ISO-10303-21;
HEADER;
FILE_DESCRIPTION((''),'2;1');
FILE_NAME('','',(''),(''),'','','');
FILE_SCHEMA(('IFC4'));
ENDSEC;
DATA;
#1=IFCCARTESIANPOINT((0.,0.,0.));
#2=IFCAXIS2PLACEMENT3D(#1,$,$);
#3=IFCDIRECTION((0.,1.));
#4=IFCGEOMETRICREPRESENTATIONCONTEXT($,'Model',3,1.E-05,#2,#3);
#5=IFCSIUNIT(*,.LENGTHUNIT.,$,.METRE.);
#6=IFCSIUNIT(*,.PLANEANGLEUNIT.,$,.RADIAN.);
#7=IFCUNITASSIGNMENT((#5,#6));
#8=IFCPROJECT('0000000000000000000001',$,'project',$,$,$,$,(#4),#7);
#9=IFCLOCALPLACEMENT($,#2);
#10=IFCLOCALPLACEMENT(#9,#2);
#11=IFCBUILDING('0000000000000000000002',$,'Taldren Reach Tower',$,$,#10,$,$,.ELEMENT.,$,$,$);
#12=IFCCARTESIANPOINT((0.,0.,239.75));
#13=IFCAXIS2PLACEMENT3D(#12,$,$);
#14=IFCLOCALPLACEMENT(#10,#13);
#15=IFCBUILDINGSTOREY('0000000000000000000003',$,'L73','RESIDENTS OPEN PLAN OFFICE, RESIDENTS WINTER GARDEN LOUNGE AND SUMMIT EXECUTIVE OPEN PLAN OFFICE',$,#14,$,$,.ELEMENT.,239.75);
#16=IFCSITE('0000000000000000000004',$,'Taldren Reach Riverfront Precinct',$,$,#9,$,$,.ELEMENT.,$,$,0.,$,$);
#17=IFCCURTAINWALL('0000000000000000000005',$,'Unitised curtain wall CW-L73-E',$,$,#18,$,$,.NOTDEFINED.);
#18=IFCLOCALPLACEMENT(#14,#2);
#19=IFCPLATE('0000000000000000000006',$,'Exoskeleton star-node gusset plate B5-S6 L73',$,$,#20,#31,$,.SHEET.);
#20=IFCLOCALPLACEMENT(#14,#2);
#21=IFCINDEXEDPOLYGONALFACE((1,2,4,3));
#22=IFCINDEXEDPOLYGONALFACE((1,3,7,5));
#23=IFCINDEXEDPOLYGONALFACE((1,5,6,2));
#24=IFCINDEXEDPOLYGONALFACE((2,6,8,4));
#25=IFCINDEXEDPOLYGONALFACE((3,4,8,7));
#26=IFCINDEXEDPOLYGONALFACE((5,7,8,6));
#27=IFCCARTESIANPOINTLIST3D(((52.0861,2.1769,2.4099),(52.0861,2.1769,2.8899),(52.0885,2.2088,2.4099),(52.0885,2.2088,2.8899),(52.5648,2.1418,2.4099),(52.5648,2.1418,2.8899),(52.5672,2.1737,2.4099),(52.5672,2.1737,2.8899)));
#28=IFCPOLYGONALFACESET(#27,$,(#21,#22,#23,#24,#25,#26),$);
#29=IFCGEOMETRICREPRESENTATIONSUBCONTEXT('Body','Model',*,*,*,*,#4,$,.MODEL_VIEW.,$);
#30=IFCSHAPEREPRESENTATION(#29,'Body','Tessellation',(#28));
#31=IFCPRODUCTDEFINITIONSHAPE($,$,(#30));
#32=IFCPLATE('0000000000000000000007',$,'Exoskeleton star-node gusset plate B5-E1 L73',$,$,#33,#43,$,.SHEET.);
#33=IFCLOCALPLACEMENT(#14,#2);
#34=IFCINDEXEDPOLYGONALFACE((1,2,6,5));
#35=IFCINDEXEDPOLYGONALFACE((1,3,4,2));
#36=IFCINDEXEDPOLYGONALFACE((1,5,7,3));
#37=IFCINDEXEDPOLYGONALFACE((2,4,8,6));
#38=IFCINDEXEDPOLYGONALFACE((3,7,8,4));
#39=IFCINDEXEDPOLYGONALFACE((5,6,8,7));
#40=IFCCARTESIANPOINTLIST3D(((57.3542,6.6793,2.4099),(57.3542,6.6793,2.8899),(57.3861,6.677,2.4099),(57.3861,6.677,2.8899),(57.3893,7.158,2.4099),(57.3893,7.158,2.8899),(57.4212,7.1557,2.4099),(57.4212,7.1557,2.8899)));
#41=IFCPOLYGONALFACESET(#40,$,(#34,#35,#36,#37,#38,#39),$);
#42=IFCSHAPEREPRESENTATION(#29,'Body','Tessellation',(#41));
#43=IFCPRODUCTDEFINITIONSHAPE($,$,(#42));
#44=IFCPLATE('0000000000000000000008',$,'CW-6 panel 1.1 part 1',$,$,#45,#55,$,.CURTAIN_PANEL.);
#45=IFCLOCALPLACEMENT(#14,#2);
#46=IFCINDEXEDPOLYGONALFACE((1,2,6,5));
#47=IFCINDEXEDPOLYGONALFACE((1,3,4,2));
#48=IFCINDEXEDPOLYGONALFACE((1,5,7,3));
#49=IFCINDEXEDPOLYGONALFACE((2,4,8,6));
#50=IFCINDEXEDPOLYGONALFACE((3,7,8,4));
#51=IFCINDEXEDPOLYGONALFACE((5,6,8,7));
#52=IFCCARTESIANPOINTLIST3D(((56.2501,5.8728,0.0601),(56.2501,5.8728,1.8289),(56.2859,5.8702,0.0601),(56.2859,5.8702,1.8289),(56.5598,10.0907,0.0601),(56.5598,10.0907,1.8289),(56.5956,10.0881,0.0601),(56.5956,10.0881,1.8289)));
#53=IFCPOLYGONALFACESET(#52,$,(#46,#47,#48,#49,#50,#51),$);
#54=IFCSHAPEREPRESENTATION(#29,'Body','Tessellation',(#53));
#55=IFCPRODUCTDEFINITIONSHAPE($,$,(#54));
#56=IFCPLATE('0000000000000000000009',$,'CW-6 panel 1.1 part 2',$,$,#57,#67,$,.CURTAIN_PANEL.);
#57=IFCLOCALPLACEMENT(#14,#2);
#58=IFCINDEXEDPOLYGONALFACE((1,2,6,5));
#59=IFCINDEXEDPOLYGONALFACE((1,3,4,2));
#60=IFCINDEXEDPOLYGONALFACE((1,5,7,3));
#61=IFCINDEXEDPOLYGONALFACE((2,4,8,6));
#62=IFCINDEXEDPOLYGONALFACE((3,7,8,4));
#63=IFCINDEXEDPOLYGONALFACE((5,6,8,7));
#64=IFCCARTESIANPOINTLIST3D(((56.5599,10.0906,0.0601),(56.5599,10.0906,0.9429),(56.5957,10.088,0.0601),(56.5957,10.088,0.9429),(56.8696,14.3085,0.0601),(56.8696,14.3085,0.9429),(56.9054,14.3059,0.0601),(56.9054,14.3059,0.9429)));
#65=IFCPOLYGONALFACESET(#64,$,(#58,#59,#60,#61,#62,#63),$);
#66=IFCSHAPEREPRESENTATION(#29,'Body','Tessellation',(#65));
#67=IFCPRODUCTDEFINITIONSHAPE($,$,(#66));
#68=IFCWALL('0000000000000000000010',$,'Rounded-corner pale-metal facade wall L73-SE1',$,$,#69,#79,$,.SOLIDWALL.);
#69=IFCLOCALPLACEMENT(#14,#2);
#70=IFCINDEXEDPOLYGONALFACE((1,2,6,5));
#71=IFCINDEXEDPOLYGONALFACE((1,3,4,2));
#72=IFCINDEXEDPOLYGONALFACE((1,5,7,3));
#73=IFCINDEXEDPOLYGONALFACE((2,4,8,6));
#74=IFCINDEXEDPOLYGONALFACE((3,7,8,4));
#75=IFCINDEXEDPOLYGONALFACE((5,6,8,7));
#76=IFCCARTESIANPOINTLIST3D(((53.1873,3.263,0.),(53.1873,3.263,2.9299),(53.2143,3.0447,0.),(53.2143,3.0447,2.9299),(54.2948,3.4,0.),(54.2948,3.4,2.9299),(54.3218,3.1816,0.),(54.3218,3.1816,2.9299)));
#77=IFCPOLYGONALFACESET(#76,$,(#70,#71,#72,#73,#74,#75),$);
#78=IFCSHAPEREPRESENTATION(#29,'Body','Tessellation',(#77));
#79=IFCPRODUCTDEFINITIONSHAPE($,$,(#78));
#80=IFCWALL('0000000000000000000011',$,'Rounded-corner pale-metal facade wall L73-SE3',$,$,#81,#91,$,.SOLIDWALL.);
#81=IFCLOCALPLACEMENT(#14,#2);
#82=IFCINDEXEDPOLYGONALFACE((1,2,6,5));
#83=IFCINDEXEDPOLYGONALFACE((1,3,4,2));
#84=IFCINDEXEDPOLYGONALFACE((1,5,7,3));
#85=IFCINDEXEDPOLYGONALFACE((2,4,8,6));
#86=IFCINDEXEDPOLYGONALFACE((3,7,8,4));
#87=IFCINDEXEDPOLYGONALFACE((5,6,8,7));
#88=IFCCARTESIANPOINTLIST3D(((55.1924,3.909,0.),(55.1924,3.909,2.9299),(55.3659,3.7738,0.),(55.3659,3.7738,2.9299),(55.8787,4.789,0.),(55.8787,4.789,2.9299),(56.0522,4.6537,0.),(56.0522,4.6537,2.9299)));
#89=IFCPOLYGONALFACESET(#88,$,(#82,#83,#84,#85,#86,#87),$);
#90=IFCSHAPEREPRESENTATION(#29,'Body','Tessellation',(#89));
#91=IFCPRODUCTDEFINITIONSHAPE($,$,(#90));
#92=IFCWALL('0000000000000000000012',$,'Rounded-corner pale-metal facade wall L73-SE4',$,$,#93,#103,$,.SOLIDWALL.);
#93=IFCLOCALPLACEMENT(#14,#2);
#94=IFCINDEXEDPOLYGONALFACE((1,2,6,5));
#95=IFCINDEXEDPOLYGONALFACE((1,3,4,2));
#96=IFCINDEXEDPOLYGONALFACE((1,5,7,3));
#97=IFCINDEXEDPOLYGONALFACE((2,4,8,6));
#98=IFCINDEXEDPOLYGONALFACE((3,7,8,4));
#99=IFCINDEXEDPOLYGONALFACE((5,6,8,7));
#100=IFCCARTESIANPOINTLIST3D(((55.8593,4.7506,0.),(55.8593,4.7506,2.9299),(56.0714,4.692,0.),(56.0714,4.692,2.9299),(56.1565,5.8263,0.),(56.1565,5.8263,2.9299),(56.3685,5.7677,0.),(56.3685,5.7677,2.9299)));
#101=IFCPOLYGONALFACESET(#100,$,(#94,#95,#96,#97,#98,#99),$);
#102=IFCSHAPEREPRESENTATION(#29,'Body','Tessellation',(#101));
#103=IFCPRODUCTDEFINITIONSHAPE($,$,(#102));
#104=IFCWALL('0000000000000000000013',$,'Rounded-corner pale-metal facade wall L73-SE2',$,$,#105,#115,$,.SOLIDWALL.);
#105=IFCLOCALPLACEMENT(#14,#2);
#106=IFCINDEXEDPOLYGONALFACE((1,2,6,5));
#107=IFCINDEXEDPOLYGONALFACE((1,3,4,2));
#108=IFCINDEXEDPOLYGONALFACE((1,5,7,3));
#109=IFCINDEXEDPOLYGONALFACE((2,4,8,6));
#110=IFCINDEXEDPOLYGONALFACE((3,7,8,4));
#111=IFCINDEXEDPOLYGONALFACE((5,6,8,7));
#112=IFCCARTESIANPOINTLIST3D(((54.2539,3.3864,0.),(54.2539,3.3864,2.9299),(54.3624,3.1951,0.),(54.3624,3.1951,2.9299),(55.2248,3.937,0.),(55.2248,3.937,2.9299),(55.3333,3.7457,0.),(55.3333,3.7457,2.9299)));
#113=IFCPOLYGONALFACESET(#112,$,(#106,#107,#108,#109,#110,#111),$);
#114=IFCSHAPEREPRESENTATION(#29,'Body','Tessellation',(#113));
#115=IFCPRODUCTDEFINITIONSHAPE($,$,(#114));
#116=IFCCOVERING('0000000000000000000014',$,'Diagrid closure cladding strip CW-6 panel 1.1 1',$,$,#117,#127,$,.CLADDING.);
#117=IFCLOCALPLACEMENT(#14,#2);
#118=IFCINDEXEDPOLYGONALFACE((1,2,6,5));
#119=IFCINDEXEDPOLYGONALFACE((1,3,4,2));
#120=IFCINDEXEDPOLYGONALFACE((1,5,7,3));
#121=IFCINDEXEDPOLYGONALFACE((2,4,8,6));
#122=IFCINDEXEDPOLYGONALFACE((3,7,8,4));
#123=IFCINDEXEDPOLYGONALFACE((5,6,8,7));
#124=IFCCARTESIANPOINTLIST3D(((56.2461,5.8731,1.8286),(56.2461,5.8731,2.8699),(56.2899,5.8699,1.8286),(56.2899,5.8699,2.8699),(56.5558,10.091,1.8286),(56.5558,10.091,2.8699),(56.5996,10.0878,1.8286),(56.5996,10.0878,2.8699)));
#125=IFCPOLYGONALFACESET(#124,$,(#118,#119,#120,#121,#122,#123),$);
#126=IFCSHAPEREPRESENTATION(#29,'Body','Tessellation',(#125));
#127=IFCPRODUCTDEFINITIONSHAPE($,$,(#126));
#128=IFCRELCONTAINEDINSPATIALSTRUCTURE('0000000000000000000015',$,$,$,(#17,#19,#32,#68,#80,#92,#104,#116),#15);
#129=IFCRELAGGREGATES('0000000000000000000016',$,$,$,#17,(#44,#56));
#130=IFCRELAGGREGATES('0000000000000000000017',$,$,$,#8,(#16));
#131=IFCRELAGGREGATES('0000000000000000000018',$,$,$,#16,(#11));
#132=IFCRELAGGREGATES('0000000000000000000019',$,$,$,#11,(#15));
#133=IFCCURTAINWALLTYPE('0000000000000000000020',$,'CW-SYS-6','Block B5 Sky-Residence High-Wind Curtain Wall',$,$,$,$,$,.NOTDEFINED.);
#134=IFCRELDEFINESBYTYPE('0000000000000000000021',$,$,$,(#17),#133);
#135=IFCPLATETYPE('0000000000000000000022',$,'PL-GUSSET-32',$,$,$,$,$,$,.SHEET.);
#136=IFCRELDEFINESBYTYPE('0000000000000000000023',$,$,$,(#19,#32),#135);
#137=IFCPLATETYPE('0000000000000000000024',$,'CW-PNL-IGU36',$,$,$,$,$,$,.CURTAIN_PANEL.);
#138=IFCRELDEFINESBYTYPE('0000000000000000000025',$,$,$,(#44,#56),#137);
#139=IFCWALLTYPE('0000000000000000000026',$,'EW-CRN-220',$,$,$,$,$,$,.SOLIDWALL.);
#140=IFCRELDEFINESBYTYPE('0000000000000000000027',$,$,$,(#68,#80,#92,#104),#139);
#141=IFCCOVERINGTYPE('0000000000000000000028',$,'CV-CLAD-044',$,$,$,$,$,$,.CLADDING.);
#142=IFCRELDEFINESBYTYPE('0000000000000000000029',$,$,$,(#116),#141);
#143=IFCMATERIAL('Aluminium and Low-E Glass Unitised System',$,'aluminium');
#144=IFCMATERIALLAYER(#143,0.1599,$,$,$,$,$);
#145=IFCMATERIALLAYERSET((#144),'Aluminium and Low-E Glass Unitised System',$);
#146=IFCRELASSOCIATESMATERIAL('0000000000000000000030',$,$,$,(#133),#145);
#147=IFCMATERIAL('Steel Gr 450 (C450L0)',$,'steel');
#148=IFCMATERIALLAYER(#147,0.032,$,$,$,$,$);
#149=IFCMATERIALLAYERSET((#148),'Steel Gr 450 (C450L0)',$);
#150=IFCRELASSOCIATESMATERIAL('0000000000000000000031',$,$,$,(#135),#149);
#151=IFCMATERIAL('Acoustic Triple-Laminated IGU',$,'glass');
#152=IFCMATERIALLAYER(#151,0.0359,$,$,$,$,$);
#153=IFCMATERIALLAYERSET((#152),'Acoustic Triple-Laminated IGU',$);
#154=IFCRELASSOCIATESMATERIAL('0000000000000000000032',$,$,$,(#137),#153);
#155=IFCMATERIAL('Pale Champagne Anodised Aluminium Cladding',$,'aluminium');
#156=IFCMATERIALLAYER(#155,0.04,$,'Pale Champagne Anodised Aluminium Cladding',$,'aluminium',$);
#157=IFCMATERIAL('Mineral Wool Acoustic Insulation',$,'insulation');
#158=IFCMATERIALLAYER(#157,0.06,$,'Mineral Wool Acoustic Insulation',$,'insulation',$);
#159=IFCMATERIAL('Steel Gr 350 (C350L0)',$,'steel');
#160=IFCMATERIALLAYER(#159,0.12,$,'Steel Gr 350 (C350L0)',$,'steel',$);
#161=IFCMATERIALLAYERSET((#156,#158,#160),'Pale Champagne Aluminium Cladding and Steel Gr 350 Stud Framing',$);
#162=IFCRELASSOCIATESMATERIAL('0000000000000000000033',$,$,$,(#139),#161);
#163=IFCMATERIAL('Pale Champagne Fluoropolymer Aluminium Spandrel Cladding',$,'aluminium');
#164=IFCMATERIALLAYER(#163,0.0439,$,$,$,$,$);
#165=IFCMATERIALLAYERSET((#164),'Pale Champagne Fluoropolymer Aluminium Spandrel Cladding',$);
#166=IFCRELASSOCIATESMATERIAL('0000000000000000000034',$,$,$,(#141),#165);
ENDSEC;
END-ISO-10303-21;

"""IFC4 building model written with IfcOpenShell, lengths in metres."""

from ifc_helpers import new_model, si_unit, direction, frame, frame_2d, origin, origin_2d, place, context, subcontext, project, spatial, rectangle, extrude, source, transform, mapped, material, layer, layer_set, type_object, element, aggregate, save


model = new_model("IFC4")

# Units and contexts
model_context = context("Model", 3, precision=1e-05, world=origin(), true_north=direction((0.0, 1.0)))
body_context = subcontext(model_context, "Body", "Model", "MODEL_VIEW")
ifc_project = project(units=[si_unit("LENGTHUNIT", "METRE"), si_unit("PLANEANGLEUNIT", "RADIAN")], contexts=[model_context])

# Site, building, storey
site_placement = place(None, origin())
site = spatial("IfcSite", under=ifc_project, at=site_placement, Name="Taldren Reach Riverfront Precinct", CompositionType="ELEMENT", RefElevation=0.0)
building_placement = place(site_placement, origin())
building = spatial("IfcBuilding", under=site, at=building_placement, Name="Taldren Reach Tower", CompositionType="ELEMENT")
storey_placement = place(building_placement, frame((0.0, 0.0, 239.75)))
storey = spatial("IfcBuildingStorey", under=building, at=storey_placement, Name="L73", Description="RESIDENTS OPEN PLAN OFFICE, RESIDENTS WINTER GARDEN LOUNGE AND SUMMIT EXECUTIVE OPEN PLAN OFFICE", CompositionType="ELEMENT", Elevation=239.75)

# Shared definitions
ifc_material_1 = material(Name="Steel Gr 350 (C350L0)", Category="steel")

# Shared definitions
ifc_material_2 = material(Name="Steel Gr 450 (C450L0)", Category="steel")

# Curtain wall
ifc_material_3 = material(Name="Aluminium and Low-E Glass Unitised System", Category="aluminium")
ifc_layer_1 = layer(ifc_material_3, 0.1599)
ifc_layer_set_1 = layer_set([ifc_layer_1], Name="Aluminium and Low-E Glass Unitised System")
curtain_wall_type = type_object("IfcCurtainWallType", Name="CW-SYS-6", Description="Block B5 Sky-Residence High-Wind Curtain Wall", PredefinedType="NOTDEFINED", material=ifc_layer_set_1)
curtain_wall_1_placement = place(storey_placement, origin())
curtain_wall_1 = element("IfcCurtainWall", 1, at=curtain_wall_1_placement, inside=storey, type_object=curtain_wall_type, Name="Unitised curtain wall CW-L73-E", PredefinedType="NOTDEFINED")

# Plates
ifc_layer_2 = layer(ifc_material_2, 0.032)
ifc_layer_set_2 = layer_set([ifc_layer_2], Name="Steel Gr 450 (C450L0)")
plate_type_1 = type_object("IfcPlateType", Name="PL-GUSSET-32", PredefinedType="SHEET", material=ifc_layer_set_2)
shared_shape_1 = source(origin(), body_context, "Body", "SweptSolid", [
    extrude(rectangle(XDim=0.48, YDim=0.032, at=origin_2d()), origin(), (0.0, 0.0, 1.0), 0.48),
])
for number, where, z_axis, x_axis, name in (
    (2, (52.3267, 2.1753, 2.4099), (0.0, 0.0, 1.0), (0.997314, -0.073238, 0.0), "Exoskeleton star-node gusset plate B5-S6 L73"),
    (3, (57.3877, 6.9175, 2.4099), (0.0, 0.0, 1.0), (0.073238, 0.997314, 0.0), "Exoskeleton star-node gusset plate B5-E1 L73"),
):
    element("IfcPlate", number, at=place(storey_placement, frame(where, z_axis=z_axis, x_axis=x_axis)), inside=storey, type_object=plate_type_1, Name=name, PredefinedType="SHEET", context=body_context, shape_type="MappedRepresentation", body=[
        mapped(shared_shape_1, transform((0.0, 0.0, 0.0), scale=1.0)),
    ])

# Plates
ifc_material_4 = material(Name="Acoustic Triple-Laminated IGU", Category="glass")
ifc_layer_3 = layer(ifc_material_4, 0.0359)
ifc_layer_set_3 = layer_set([ifc_layer_3], Name="Acoustic Triple-Laminated IGU")
plate_type_2 = type_object("IfcPlateType", Name="CW-PNL-IGU36", PredefinedType="CURTAIN_PANEL", material=ifc_layer_set_3)
shared_shape_2 = source(origin(), body_context, "Body", "SweptSolid", [
    extrude(rectangle(XDim=4.2292, YDim=0.0359, at=origin_2d()), origin(), (0.0, 0.0, 1.0), 1.7688),
])
plate_1_placement = place(storey_placement, frame((56.4229, 7.9805, 0.0601), z_axis=(0.0, 0.0, 1.0), x_axis=(0.073238, 0.997314, 0.0)))
plate_1 = element("IfcPlate", 4, at=plate_1_placement, type_object=plate_type_2, Name="CW-6 panel 1.1 part 1", PredefinedType="CURTAIN_PANEL", context=body_context, shape_type="MappedRepresentation", body=[
    mapped(shared_shape_2, transform((0.0, 0.0, 0.0), scale=1.0)),
])
shared_shape_3 = source(origin(), body_context, "Body", "SweptSolid", [
    extrude(rectangle(XDim=4.2292, YDim=0.0359, at=origin_2d()), origin(), (0.0, 0.0, 1.0), 0.8828),
])
plate_2_placement = place(storey_placement, frame((56.7327, 12.1982, 0.0601), z_axis=(0.0, 0.0, 1.0), x_axis=(0.073238, 0.997314, 0.0)))
plate_2 = element("IfcPlate", 5, at=plate_2_placement, type_object=plate_type_2, Name="CW-6 panel 1.1 part 2", PredefinedType="CURTAIN_PANEL", context=body_context, shape_type="MappedRepresentation", body=[
    mapped(shared_shape_3, transform((0.0, 0.0, 0.0), scale=1.0)),
])
aggregate(curtain_wall_1, [plate_1, plate_2])

# Walls
ifc_material_5 = material(Name="Pale Champagne Anodised Aluminium Cladding", Category="aluminium")
ifc_layer_4 = layer(ifc_material_5, 0.04, Name="Pale Champagne Anodised Aluminium Cladding", Category="aluminium")
ifc_material_6 = material(Name="Mineral Wool Acoustic Insulation", Category="insulation")
ifc_layer_5 = layer(ifc_material_6, 0.06, Name="Mineral Wool Acoustic Insulation", Category="insulation")
ifc_layer_6 = layer(ifc_material_1, 0.12, Name="Steel Gr 350 (C350L0)", Category="steel")
ifc_layer_set_4 = layer_set([ifc_layer_4, ifc_layer_5, ifc_layer_6], Name="Pale Champagne Aluminium Cladding and Steel Gr 350 Stud Framing")
wall_type = type_object("IfcWallType", Name="EW-CRN-220", PredefinedType="SOLIDWALL", material=ifc_layer_set_4)
shared_shape_4 = source(origin(), body_context, "Body", "SweptSolid", [
    extrude(rectangle(XDim=1.116, YDim=0.22, at=frame_2d((0.5581, 0.0))), origin(), (0.0, 0.0, 1.0), 2.9299),
])
for number, where, z_axis, x_axis, name in (
    (6, (53.2007, 3.1538, 0.0), (0.0, 0.0, 1.0), (0.992439, 0.122742, 0.0), "Rounded-corner pale-metal facade wall L73-SE1"),
    (7, (55.2791, 3.8413, 0.0), (0.0, 0.0, 1.0), (0.615015, 0.788515, 0.0), "Rounded-corner pale-metal facade wall L73-SE3"),
    (8, (55.9653, 4.7212, 0.0), (0.0, 0.0, 1.0), (0.266244, 0.963906, 0.0), "Rounded-corner pale-metal facade wall L73-SE4"),
):
    element("IfcWall", number, at=place(storey_placement, frame(where, z_axis=z_axis, x_axis=x_axis)), inside=storey, type_object=wall_type, Name=name, PredefinedType="SOLIDWALL", context=body_context, shape_type="MappedRepresentation", body=[
        mapped(shared_shape_4, transform((0.0, 0.0, 0.0), scale=1.0)),
    ])
shared_shape_5 = source(origin(), body_context, "Body", "SweptSolid", [
    extrude(rectangle(XDim=1.1162, YDim=0.22, at=frame_2d((0.5581, 0.0))), origin(), (0.0, 0.0, 1.0), 2.9299),
])
wall_placement = place(storey_placement, frame((54.3081, 3.2908, 0.0), z_axis=(0.0, 0.0, 1.0), x_axis=(0.869894, 0.493239, 0.0)))
element("IfcWall", 9, at=wall_placement, inside=storey, type_object=wall_type, Name="Rounded-corner pale-metal facade wall L73-SE2", PredefinedType="SOLIDWALL", context=body_context, shape_type="MappedRepresentation", body=[
    mapped(shared_shape_5, transform((0.0, 0.0, 0.0), scale=1.0)),
])

# Covering
ifc_material_7 = material(Name="Pale Champagne Fluoropolymer Aluminium Spandrel Cladding", Category="aluminium")
ifc_layer_7 = layer(ifc_material_7, 0.0439)
ifc_layer_set_5 = layer_set([ifc_layer_7], Name="Pale Champagne Fluoropolymer Aluminium Spandrel Cladding")
covering_type = type_object("IfcCoveringType", Name="CV-CLAD-044", PredefinedType="CLADDING", material=ifc_layer_set_5)
shared_shape_6 = source(origin(), body_context, "Body", "SweptSolid", [
    extrude(rectangle(XDim=4.2292, YDim=0.0439, at=origin_2d()), origin(), (0.0, 0.0, 1.0), 1.0413),
])
covering_placement = place(storey_placement, frame((56.4229, 7.9805, 1.8286), z_axis=(0.0, 0.0, 1.0), x_axis=(0.073238, 0.997314, 0.0)))
element("IfcCovering", 10, at=covering_placement, inside=storey, type_object=covering_type, Name="Diagrid closure cladding strip CW-6 panel 1.1 1", PredefinedType="CLADDING", context=body_context, shape_type="MappedRepresentation", body=[
    mapped(shared_shape_6, transform((0.0, 0.0, 0.0), scale=1.0)),
])

save(model, "model.ifc")
